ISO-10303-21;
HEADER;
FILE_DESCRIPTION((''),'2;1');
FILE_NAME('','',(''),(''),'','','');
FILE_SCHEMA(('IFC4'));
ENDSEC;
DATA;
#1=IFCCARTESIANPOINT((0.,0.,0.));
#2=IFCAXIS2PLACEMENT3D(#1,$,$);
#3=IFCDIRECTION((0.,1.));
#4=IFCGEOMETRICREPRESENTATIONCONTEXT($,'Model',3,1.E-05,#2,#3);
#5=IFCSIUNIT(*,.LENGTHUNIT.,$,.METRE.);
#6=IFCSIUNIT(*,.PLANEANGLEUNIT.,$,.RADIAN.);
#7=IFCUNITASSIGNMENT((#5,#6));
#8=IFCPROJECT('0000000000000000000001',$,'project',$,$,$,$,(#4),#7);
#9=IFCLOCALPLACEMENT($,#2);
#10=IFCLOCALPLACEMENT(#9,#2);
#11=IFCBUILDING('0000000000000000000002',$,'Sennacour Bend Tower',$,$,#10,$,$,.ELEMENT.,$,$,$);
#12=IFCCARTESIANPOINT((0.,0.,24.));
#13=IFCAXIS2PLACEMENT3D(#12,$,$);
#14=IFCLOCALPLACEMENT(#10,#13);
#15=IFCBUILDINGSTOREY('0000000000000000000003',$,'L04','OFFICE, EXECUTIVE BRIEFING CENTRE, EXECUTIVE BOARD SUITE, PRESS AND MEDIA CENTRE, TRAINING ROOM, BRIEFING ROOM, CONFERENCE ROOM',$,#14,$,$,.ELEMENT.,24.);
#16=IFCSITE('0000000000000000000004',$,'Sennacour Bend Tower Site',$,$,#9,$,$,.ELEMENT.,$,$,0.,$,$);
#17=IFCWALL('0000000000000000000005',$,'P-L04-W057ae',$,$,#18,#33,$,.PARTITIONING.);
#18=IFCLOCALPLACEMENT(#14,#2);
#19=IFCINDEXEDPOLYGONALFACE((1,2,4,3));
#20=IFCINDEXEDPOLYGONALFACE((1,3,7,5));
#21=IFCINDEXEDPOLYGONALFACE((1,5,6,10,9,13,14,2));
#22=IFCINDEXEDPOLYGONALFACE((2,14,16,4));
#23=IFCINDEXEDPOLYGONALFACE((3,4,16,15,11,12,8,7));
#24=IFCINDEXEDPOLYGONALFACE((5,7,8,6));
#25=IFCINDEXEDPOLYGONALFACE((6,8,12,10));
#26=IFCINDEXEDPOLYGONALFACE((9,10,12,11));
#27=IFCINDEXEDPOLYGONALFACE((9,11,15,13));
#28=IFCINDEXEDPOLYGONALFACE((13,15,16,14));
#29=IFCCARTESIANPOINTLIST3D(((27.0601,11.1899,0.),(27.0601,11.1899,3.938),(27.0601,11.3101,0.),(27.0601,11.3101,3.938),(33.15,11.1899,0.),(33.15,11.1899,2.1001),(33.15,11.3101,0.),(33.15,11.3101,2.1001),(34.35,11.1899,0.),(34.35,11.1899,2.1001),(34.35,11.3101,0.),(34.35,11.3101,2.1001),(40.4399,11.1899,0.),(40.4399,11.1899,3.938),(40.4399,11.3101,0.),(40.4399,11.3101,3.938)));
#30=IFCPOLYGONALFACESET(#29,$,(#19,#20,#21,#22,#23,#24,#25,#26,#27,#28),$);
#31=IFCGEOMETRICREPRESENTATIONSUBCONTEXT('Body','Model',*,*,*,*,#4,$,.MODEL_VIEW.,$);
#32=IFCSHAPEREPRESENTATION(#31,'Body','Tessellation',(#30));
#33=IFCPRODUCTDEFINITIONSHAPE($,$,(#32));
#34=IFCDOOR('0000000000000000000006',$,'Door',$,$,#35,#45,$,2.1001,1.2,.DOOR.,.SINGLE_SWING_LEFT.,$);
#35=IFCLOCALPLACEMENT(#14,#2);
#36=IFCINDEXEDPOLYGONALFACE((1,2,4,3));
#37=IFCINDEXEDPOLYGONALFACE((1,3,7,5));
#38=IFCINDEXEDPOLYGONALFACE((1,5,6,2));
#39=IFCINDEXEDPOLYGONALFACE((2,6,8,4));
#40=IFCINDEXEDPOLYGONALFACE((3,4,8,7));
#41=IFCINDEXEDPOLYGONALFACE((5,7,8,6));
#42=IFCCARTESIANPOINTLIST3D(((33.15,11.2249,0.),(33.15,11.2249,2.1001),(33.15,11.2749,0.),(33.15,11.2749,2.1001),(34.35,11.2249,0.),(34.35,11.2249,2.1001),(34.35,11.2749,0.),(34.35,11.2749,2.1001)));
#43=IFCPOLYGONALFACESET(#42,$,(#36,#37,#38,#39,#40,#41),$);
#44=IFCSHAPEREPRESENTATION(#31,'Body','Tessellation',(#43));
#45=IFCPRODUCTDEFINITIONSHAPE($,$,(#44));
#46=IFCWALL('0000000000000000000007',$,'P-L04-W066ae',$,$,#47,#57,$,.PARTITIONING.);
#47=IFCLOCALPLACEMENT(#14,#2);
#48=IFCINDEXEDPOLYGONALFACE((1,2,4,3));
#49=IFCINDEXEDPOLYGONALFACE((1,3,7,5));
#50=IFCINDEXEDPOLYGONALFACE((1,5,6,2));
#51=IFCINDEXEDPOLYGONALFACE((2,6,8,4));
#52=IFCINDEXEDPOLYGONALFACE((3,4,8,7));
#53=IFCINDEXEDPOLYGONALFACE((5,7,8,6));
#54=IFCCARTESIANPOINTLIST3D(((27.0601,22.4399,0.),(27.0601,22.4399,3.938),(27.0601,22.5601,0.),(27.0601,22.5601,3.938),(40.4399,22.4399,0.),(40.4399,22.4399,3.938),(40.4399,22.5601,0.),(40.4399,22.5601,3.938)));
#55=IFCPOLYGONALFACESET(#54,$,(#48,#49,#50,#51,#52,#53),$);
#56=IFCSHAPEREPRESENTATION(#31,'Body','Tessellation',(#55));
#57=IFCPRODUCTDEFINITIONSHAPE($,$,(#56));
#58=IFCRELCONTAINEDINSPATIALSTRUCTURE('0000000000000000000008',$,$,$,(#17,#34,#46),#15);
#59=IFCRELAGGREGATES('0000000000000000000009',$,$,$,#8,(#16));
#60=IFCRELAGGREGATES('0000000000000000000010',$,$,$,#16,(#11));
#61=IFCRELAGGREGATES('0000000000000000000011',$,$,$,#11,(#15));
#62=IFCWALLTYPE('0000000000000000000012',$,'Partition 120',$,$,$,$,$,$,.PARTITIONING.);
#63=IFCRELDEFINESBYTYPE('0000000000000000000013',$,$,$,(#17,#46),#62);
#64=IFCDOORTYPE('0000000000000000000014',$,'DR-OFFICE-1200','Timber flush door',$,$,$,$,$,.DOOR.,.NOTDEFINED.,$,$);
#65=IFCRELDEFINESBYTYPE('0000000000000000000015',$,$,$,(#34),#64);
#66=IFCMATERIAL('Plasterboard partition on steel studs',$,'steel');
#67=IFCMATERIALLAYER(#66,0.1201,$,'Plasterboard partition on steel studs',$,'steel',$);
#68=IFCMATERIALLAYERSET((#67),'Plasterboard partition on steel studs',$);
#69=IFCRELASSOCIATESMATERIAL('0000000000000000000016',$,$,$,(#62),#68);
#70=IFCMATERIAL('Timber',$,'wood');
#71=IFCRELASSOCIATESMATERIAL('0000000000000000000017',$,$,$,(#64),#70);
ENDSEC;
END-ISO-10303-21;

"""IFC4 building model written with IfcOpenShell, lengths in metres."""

from ifc_helpers import new_model, si_unit, direction, frame, frame_2d, origin, place, context, subcontext, project, spatial, rectangle, extrude, material, layer, layer_set, type_object, element, fill, save


model = new_model("IFC4")

# Units and contexts
model_context = context("Model", 3, precision=1e-05, world=origin(), true_north=direction((0.0, 1.0)))
body_context = subcontext(model_context, "Body", "Model", "MODEL_VIEW")
ifc_project = project(units=[si_unit("LENGTHUNIT", "METRE"), si_unit("PLANEANGLEUNIT", "RADIAN")], contexts=[model_context])

# Site, building, storey
site_placement = place(None, origin())
site = spatial("IfcSite", under=ifc_project, at=site_placement, Name="Sennacour Bend Tower Site", CompositionType="ELEMENT", RefElevation=0.0)
building_placement = place(site_placement, origin())
building = spatial("IfcBuilding", under=site, at=building_placement, Name="Sennacour Bend Tower", CompositionType="ELEMENT")
storey_placement = place(building_placement, frame((0.0, 0.0, 24.0)))
storey = spatial("IfcBuildingStorey", under=building, at=storey_placement, Name="L04", Description="OFFICE, EXECUTIVE BRIEFING CENTRE, EXECUTIVE BOARD SUITE, PRESS AND MEDIA CENTRE, TRAINING ROOM, BRIEFING ROOM, CONFERENCE ROOM", CompositionType="ELEMENT", Elevation=24.0)

# Shared definitions
ifc_material_1 = material(Name="Plasterboard partition on steel studs", Category="steel")
ifc_layer = layer(ifc_material_1, 0.1201, Name="Plasterboard partition on steel studs", Category="steel")
ifc_layer_set = layer_set([ifc_layer], Name="Plasterboard partition on steel studs")
wall_type = type_object("IfcWallType", Name="Partition 120", PredefinedType="PARTITIONING", material=ifc_layer_set)

# Wall, opening, door
ifc_material_2 = material(Name="Timber", Category="wood")
door_type = type_object("IfcDoorType", Name="DR-OFFICE-1200", Description="Timber flush door", OperationType="NOTDEFINED", PredefinedType="DOOR", material=ifc_material_2)
wall_1_placement = place(storey_placement, frame((27.0601, 11.25, 0.0), z_axis=(0.0, 0.0, 1.0), x_axis=(1.0, 0.0, 0.0)))
wall_1 = element("IfcWall", 1, at=wall_1_placement, inside=storey, type_object=wall_type, Name="P-L04-W057ae", PredefinedType="PARTITIONING", context=body_context, shape_type="SweptSolid", body=[
    extrude(rectangle(XDim=13.3799, YDim=0.1201, at=frame_2d((6.6899, 0.0))), origin(), (0.0, 0.0, 1.0), 3.938),
])
opening_1_placement = place(wall_1_placement, frame((6.0898, 0.0, 0.0)))
opening_1 = element("IfcOpeningElement", 2, at=opening_1_placement, cuts=wall_1, PredefinedType="OPENING", context=body_context, shape_type="SweptSolid", body=[
    extrude(rectangle(XDim=1.2, YDim=2.1001, at=frame_2d((0.6001, 1.05))), frame((0.0, 0.0701, 0.0), z_axis=(0.0, -1.0, 0.0), x_axis=(1.0, 0.0, 0.0)), (0.0, 0.0, 1.0), 0.1401),
])
door_1_placement = place(opening_1_placement, origin())
door_1 = element("IfcDoor", 3, at=door_1_placement, inside=storey, type_object=door_type, Name="Door", OperationType="SINGLE_SWING_LEFT", OverallHeight=2.1001, OverallWidth=1.2, PredefinedType="DOOR", context=body_context, shape_type="SweptSolid", body=[
    extrude(rectangle(XDim=1.2, YDim=2.1001, at=frame_2d((0.6001, 1.05))), frame((0.0, 0.0249, 0.0), z_axis=(0.0, -1.0, 0.0), x_axis=(1.0, 0.0, 0.0)), (0.0, 0.0, 1.0), 0.05),
])
fill(opening_1, door_1)

# Wall
wall_2_placement = place(storey_placement, frame((27.0601, 22.5, 0.0), z_axis=(0.0, 0.0, 1.0), x_axis=(1.0, 0.0, 0.0)))
element("IfcWall", 4, at=wall_2_placement, inside=storey, type_object=wall_type, Name="P-L04-W066ae", PredefinedType="PARTITIONING", context=body_context, shape_type="SweptSolid", body=[
    extrude(rectangle(XDim=13.3799, YDim=0.1201, at=frame_2d((6.6899, 0.0))), origin(), (0.0, 0.0, 1.0), 3.938),
])

save(model, "model.ifc")
